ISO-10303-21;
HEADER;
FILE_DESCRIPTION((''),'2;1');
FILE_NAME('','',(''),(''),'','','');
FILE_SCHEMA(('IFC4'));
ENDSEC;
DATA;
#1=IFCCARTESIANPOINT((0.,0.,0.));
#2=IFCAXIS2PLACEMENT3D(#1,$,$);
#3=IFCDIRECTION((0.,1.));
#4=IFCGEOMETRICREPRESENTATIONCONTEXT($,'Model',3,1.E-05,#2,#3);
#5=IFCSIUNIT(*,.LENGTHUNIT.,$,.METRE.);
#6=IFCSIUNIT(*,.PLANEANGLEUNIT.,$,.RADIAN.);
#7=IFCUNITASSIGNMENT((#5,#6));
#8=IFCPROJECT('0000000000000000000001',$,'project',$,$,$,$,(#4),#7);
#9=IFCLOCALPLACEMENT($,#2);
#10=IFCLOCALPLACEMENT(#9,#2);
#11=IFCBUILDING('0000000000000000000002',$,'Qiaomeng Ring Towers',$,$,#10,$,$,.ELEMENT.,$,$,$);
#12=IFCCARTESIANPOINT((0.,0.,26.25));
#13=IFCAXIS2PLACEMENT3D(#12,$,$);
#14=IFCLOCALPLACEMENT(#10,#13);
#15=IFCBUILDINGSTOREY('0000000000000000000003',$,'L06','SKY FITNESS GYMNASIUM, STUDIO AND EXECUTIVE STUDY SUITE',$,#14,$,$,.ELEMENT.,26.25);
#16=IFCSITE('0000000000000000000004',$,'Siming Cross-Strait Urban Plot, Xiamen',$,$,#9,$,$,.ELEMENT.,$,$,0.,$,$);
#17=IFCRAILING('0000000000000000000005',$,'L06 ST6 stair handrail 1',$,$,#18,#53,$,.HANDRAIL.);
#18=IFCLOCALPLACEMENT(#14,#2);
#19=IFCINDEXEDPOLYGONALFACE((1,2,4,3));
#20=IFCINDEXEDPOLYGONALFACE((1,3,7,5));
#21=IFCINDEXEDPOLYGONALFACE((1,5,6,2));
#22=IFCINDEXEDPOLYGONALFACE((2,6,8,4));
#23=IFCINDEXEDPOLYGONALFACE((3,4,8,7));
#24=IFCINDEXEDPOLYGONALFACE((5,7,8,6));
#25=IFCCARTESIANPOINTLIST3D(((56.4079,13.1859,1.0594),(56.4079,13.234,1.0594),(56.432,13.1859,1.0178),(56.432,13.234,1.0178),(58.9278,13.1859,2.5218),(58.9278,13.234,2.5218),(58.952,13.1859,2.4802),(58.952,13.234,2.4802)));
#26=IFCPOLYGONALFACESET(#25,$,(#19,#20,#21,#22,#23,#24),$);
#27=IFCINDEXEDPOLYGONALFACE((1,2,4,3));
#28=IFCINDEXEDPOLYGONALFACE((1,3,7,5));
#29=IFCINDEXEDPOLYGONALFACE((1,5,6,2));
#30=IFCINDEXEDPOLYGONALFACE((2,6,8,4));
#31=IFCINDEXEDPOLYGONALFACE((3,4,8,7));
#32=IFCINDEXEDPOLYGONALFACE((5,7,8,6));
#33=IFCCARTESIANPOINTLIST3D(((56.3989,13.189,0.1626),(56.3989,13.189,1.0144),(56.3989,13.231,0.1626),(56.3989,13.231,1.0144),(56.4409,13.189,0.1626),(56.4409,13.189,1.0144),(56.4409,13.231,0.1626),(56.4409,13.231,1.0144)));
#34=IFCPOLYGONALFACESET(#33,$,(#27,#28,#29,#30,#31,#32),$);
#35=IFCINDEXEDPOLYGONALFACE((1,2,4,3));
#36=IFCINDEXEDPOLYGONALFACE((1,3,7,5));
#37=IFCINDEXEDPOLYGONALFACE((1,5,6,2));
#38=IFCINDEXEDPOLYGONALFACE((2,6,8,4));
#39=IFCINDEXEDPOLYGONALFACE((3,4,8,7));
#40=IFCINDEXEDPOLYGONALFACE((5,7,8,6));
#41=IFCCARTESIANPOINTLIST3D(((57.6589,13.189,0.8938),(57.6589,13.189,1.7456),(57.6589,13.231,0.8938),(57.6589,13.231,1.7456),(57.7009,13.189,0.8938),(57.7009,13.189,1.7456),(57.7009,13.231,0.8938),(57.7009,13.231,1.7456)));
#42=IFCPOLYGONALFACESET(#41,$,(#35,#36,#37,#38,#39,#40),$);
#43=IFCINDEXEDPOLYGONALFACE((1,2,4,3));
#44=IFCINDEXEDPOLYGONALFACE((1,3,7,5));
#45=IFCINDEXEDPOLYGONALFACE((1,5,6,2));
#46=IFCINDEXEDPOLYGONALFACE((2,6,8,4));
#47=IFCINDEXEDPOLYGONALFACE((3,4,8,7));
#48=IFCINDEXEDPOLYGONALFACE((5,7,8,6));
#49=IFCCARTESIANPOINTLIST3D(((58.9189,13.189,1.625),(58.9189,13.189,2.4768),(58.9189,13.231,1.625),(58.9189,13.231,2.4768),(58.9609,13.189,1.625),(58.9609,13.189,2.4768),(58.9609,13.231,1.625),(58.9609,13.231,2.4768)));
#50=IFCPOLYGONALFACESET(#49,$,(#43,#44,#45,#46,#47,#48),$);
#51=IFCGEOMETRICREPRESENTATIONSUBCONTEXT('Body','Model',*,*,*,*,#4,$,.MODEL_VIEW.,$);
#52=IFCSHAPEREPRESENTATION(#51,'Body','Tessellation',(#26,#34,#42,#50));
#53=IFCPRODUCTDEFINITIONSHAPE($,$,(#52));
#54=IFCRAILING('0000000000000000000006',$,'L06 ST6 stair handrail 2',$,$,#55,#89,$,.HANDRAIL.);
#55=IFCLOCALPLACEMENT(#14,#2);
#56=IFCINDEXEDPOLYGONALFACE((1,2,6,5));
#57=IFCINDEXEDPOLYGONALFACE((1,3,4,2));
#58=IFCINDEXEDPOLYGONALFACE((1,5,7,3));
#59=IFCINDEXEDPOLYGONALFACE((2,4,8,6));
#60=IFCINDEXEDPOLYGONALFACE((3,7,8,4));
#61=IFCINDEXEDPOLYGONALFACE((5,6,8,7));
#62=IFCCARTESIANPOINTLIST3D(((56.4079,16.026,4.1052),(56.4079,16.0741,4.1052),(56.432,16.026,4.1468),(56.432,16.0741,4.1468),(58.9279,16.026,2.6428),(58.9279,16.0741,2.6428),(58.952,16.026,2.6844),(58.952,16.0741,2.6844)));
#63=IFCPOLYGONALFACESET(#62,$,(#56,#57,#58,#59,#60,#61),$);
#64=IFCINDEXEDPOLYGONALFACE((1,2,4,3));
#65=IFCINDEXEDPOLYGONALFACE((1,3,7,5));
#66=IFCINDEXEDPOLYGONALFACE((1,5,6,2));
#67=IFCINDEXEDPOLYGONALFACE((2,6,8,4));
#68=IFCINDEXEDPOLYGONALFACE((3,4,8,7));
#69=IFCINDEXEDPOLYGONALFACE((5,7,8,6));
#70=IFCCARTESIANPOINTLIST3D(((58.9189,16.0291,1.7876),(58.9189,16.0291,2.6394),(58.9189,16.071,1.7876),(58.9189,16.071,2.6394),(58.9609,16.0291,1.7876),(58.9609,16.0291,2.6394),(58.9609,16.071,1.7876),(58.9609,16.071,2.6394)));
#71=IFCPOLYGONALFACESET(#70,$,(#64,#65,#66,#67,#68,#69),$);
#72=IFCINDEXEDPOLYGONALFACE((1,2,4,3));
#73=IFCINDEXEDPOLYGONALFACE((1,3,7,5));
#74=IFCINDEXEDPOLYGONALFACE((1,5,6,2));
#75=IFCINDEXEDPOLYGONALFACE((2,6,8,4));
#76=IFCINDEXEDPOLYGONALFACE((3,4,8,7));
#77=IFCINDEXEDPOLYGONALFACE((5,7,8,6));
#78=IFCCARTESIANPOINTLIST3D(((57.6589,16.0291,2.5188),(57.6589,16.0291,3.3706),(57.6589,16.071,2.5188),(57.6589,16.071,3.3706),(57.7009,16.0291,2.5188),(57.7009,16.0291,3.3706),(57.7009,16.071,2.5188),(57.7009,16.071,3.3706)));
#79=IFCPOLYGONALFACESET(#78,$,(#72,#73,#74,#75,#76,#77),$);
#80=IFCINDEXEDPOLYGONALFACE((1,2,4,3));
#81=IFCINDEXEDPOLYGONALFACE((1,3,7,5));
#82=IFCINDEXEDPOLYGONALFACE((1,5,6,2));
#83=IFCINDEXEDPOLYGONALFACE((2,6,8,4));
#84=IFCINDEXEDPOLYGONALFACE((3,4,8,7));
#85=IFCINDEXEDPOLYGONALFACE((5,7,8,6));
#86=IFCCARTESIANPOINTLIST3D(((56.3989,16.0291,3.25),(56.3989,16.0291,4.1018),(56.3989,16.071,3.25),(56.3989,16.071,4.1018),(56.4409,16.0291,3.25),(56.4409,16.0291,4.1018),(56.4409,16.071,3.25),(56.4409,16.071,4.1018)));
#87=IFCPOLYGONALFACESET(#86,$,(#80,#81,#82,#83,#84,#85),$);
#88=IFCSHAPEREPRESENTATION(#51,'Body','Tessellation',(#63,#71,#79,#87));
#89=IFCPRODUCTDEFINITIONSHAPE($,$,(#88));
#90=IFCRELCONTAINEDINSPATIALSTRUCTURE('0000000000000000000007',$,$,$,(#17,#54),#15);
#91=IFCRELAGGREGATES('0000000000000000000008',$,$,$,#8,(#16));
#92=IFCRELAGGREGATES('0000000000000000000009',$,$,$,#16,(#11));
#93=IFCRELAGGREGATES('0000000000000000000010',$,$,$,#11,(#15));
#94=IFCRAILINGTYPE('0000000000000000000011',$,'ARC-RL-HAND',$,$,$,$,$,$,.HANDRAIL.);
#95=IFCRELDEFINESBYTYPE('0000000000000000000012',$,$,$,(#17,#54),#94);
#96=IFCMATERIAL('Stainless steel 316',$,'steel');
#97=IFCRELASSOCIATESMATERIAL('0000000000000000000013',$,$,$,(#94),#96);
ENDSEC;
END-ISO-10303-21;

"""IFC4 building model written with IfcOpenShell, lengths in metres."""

from ifc_helpers import new_model, si_unit, direction, frame, origin, origin_2d, place, context, subcontext, project, spatial, rectangle, extrude, material, type_object, element, save


model = new_model("IFC4")

# Units and contexts
model_context = context("Model", 3, precision=1e-05, world=origin(), true_north=direction((0.0, 1.0)))
body_context = subcontext(model_context, "Body", "Model", "MODEL_VIEW")
ifc_project = project(units=[si_unit("LENGTHUNIT", "METRE"), si_unit("PLANEANGLEUNIT", "RADIAN")], contexts=[model_context])

# Site, building, storey
site_placement = place(None, origin())
site = spatial("IfcSite", under=ifc_project, at=site_placement, Name="Siming Cross-Strait Urban Plot, Xiamen", CompositionType="ELEMENT", RefElevation=0.0)
building_placement = place(site_placement, origin())
building = spatial("IfcBuilding", under=site, at=building_placement, Name="Qiaomeng Ring Towers", CompositionType="ELEMENT")
storey_placement = place(building_placement, frame((0.0, 0.0, 26.25)))
storey = spatial("IfcBuildingStorey", under=building, at=storey_placement, Name="L06", Description="SKY FITNESS GYMNASIUM, STUDIO AND EXECUTIVE STUDY SUITE", CompositionType="ELEMENT", Elevation=26.25)

# Shared definitions
ifc_material_1 = material(Name="Stainless steel 316", Category="steel")

# Railings
railing_type_1 = type_object("IfcRailingType", Name="ARC-RL-HAND", PredefinedType="HANDRAIL", material=ifc_material_1)
railing_1_placement = place(storey_placement, frame((56.4199, 13.21, 0.1626)))
element("IfcRailing", 1, at=railing_1_placement, inside=storey, type_object=railing_type_1, Name="L06 ST6 stair handrail 1", PredefinedType="HANDRAIL", context=body_context, shape_type="SweptSolid", body=[
    extrude(rectangle(XDim=0.0481, YDim=0.0481, at=origin_2d()), frame((0.0, 0.0, 0.876), z_axis=(0.864913, 0.0, 0.501921), x_axis=(0.0, 1.0, 0.0)), (0.0, 0.0, 1.0), 2.9136),
    extrude(rectangle(XDim=0.042, YDim=0.042, at=origin_2d()), origin(), (0.0, 0.0, 1.0), 0.8518),
    extrude(rectangle(XDim=0.042, YDim=0.042, at=origin_2d()), frame((1.26, 0.0, 0.7312)), (0.0, 0.0, 1.0), 0.8518),
    extrude(rectangle(XDim=0.042, YDim=0.042, at=origin_2d()), frame((2.52, 0.0, 1.4624)), (0.0, 0.0, 1.0), 0.8518),
])
railing_2_placement = place(storey_placement, frame((58.9399, 16.05, 1.7876)))
element("IfcRailing", 2, at=railing_2_placement, inside=storey, type_object=railing_type_1, Name="L06 ST6 stair handrail 2", PredefinedType="HANDRAIL", context=body_context, shape_type="SweptSolid", body=[
    extrude(rectangle(XDim=0.0481, YDim=0.0481, at=origin_2d()), frame((0.0, 0.0, 0.876), z_axis=(-0.864913, 0.0, 0.501921), x_axis=(0.0, -1.0, 0.0)), (0.0, 0.0, 1.0), 2.9136),
    extrude(rectangle(XDim=0.042, YDim=0.042, at=origin_2d()), origin(), (0.0, 0.0, 1.0), 0.8518),
    extrude(rectangle(XDim=0.042, YDim=0.042, at=origin_2d()), frame((-1.26, 0.0, 0.7312)), (0.0, 0.0, 1.0), 0.8518),
    extrude(rectangle(XDim=0.042, YDim=0.042, at=origin_2d()), frame((-2.52, 0.0, 1.4624)), (0.0, 0.0, 1.0), 0.8518),
])

save(model, "model.ifc")
